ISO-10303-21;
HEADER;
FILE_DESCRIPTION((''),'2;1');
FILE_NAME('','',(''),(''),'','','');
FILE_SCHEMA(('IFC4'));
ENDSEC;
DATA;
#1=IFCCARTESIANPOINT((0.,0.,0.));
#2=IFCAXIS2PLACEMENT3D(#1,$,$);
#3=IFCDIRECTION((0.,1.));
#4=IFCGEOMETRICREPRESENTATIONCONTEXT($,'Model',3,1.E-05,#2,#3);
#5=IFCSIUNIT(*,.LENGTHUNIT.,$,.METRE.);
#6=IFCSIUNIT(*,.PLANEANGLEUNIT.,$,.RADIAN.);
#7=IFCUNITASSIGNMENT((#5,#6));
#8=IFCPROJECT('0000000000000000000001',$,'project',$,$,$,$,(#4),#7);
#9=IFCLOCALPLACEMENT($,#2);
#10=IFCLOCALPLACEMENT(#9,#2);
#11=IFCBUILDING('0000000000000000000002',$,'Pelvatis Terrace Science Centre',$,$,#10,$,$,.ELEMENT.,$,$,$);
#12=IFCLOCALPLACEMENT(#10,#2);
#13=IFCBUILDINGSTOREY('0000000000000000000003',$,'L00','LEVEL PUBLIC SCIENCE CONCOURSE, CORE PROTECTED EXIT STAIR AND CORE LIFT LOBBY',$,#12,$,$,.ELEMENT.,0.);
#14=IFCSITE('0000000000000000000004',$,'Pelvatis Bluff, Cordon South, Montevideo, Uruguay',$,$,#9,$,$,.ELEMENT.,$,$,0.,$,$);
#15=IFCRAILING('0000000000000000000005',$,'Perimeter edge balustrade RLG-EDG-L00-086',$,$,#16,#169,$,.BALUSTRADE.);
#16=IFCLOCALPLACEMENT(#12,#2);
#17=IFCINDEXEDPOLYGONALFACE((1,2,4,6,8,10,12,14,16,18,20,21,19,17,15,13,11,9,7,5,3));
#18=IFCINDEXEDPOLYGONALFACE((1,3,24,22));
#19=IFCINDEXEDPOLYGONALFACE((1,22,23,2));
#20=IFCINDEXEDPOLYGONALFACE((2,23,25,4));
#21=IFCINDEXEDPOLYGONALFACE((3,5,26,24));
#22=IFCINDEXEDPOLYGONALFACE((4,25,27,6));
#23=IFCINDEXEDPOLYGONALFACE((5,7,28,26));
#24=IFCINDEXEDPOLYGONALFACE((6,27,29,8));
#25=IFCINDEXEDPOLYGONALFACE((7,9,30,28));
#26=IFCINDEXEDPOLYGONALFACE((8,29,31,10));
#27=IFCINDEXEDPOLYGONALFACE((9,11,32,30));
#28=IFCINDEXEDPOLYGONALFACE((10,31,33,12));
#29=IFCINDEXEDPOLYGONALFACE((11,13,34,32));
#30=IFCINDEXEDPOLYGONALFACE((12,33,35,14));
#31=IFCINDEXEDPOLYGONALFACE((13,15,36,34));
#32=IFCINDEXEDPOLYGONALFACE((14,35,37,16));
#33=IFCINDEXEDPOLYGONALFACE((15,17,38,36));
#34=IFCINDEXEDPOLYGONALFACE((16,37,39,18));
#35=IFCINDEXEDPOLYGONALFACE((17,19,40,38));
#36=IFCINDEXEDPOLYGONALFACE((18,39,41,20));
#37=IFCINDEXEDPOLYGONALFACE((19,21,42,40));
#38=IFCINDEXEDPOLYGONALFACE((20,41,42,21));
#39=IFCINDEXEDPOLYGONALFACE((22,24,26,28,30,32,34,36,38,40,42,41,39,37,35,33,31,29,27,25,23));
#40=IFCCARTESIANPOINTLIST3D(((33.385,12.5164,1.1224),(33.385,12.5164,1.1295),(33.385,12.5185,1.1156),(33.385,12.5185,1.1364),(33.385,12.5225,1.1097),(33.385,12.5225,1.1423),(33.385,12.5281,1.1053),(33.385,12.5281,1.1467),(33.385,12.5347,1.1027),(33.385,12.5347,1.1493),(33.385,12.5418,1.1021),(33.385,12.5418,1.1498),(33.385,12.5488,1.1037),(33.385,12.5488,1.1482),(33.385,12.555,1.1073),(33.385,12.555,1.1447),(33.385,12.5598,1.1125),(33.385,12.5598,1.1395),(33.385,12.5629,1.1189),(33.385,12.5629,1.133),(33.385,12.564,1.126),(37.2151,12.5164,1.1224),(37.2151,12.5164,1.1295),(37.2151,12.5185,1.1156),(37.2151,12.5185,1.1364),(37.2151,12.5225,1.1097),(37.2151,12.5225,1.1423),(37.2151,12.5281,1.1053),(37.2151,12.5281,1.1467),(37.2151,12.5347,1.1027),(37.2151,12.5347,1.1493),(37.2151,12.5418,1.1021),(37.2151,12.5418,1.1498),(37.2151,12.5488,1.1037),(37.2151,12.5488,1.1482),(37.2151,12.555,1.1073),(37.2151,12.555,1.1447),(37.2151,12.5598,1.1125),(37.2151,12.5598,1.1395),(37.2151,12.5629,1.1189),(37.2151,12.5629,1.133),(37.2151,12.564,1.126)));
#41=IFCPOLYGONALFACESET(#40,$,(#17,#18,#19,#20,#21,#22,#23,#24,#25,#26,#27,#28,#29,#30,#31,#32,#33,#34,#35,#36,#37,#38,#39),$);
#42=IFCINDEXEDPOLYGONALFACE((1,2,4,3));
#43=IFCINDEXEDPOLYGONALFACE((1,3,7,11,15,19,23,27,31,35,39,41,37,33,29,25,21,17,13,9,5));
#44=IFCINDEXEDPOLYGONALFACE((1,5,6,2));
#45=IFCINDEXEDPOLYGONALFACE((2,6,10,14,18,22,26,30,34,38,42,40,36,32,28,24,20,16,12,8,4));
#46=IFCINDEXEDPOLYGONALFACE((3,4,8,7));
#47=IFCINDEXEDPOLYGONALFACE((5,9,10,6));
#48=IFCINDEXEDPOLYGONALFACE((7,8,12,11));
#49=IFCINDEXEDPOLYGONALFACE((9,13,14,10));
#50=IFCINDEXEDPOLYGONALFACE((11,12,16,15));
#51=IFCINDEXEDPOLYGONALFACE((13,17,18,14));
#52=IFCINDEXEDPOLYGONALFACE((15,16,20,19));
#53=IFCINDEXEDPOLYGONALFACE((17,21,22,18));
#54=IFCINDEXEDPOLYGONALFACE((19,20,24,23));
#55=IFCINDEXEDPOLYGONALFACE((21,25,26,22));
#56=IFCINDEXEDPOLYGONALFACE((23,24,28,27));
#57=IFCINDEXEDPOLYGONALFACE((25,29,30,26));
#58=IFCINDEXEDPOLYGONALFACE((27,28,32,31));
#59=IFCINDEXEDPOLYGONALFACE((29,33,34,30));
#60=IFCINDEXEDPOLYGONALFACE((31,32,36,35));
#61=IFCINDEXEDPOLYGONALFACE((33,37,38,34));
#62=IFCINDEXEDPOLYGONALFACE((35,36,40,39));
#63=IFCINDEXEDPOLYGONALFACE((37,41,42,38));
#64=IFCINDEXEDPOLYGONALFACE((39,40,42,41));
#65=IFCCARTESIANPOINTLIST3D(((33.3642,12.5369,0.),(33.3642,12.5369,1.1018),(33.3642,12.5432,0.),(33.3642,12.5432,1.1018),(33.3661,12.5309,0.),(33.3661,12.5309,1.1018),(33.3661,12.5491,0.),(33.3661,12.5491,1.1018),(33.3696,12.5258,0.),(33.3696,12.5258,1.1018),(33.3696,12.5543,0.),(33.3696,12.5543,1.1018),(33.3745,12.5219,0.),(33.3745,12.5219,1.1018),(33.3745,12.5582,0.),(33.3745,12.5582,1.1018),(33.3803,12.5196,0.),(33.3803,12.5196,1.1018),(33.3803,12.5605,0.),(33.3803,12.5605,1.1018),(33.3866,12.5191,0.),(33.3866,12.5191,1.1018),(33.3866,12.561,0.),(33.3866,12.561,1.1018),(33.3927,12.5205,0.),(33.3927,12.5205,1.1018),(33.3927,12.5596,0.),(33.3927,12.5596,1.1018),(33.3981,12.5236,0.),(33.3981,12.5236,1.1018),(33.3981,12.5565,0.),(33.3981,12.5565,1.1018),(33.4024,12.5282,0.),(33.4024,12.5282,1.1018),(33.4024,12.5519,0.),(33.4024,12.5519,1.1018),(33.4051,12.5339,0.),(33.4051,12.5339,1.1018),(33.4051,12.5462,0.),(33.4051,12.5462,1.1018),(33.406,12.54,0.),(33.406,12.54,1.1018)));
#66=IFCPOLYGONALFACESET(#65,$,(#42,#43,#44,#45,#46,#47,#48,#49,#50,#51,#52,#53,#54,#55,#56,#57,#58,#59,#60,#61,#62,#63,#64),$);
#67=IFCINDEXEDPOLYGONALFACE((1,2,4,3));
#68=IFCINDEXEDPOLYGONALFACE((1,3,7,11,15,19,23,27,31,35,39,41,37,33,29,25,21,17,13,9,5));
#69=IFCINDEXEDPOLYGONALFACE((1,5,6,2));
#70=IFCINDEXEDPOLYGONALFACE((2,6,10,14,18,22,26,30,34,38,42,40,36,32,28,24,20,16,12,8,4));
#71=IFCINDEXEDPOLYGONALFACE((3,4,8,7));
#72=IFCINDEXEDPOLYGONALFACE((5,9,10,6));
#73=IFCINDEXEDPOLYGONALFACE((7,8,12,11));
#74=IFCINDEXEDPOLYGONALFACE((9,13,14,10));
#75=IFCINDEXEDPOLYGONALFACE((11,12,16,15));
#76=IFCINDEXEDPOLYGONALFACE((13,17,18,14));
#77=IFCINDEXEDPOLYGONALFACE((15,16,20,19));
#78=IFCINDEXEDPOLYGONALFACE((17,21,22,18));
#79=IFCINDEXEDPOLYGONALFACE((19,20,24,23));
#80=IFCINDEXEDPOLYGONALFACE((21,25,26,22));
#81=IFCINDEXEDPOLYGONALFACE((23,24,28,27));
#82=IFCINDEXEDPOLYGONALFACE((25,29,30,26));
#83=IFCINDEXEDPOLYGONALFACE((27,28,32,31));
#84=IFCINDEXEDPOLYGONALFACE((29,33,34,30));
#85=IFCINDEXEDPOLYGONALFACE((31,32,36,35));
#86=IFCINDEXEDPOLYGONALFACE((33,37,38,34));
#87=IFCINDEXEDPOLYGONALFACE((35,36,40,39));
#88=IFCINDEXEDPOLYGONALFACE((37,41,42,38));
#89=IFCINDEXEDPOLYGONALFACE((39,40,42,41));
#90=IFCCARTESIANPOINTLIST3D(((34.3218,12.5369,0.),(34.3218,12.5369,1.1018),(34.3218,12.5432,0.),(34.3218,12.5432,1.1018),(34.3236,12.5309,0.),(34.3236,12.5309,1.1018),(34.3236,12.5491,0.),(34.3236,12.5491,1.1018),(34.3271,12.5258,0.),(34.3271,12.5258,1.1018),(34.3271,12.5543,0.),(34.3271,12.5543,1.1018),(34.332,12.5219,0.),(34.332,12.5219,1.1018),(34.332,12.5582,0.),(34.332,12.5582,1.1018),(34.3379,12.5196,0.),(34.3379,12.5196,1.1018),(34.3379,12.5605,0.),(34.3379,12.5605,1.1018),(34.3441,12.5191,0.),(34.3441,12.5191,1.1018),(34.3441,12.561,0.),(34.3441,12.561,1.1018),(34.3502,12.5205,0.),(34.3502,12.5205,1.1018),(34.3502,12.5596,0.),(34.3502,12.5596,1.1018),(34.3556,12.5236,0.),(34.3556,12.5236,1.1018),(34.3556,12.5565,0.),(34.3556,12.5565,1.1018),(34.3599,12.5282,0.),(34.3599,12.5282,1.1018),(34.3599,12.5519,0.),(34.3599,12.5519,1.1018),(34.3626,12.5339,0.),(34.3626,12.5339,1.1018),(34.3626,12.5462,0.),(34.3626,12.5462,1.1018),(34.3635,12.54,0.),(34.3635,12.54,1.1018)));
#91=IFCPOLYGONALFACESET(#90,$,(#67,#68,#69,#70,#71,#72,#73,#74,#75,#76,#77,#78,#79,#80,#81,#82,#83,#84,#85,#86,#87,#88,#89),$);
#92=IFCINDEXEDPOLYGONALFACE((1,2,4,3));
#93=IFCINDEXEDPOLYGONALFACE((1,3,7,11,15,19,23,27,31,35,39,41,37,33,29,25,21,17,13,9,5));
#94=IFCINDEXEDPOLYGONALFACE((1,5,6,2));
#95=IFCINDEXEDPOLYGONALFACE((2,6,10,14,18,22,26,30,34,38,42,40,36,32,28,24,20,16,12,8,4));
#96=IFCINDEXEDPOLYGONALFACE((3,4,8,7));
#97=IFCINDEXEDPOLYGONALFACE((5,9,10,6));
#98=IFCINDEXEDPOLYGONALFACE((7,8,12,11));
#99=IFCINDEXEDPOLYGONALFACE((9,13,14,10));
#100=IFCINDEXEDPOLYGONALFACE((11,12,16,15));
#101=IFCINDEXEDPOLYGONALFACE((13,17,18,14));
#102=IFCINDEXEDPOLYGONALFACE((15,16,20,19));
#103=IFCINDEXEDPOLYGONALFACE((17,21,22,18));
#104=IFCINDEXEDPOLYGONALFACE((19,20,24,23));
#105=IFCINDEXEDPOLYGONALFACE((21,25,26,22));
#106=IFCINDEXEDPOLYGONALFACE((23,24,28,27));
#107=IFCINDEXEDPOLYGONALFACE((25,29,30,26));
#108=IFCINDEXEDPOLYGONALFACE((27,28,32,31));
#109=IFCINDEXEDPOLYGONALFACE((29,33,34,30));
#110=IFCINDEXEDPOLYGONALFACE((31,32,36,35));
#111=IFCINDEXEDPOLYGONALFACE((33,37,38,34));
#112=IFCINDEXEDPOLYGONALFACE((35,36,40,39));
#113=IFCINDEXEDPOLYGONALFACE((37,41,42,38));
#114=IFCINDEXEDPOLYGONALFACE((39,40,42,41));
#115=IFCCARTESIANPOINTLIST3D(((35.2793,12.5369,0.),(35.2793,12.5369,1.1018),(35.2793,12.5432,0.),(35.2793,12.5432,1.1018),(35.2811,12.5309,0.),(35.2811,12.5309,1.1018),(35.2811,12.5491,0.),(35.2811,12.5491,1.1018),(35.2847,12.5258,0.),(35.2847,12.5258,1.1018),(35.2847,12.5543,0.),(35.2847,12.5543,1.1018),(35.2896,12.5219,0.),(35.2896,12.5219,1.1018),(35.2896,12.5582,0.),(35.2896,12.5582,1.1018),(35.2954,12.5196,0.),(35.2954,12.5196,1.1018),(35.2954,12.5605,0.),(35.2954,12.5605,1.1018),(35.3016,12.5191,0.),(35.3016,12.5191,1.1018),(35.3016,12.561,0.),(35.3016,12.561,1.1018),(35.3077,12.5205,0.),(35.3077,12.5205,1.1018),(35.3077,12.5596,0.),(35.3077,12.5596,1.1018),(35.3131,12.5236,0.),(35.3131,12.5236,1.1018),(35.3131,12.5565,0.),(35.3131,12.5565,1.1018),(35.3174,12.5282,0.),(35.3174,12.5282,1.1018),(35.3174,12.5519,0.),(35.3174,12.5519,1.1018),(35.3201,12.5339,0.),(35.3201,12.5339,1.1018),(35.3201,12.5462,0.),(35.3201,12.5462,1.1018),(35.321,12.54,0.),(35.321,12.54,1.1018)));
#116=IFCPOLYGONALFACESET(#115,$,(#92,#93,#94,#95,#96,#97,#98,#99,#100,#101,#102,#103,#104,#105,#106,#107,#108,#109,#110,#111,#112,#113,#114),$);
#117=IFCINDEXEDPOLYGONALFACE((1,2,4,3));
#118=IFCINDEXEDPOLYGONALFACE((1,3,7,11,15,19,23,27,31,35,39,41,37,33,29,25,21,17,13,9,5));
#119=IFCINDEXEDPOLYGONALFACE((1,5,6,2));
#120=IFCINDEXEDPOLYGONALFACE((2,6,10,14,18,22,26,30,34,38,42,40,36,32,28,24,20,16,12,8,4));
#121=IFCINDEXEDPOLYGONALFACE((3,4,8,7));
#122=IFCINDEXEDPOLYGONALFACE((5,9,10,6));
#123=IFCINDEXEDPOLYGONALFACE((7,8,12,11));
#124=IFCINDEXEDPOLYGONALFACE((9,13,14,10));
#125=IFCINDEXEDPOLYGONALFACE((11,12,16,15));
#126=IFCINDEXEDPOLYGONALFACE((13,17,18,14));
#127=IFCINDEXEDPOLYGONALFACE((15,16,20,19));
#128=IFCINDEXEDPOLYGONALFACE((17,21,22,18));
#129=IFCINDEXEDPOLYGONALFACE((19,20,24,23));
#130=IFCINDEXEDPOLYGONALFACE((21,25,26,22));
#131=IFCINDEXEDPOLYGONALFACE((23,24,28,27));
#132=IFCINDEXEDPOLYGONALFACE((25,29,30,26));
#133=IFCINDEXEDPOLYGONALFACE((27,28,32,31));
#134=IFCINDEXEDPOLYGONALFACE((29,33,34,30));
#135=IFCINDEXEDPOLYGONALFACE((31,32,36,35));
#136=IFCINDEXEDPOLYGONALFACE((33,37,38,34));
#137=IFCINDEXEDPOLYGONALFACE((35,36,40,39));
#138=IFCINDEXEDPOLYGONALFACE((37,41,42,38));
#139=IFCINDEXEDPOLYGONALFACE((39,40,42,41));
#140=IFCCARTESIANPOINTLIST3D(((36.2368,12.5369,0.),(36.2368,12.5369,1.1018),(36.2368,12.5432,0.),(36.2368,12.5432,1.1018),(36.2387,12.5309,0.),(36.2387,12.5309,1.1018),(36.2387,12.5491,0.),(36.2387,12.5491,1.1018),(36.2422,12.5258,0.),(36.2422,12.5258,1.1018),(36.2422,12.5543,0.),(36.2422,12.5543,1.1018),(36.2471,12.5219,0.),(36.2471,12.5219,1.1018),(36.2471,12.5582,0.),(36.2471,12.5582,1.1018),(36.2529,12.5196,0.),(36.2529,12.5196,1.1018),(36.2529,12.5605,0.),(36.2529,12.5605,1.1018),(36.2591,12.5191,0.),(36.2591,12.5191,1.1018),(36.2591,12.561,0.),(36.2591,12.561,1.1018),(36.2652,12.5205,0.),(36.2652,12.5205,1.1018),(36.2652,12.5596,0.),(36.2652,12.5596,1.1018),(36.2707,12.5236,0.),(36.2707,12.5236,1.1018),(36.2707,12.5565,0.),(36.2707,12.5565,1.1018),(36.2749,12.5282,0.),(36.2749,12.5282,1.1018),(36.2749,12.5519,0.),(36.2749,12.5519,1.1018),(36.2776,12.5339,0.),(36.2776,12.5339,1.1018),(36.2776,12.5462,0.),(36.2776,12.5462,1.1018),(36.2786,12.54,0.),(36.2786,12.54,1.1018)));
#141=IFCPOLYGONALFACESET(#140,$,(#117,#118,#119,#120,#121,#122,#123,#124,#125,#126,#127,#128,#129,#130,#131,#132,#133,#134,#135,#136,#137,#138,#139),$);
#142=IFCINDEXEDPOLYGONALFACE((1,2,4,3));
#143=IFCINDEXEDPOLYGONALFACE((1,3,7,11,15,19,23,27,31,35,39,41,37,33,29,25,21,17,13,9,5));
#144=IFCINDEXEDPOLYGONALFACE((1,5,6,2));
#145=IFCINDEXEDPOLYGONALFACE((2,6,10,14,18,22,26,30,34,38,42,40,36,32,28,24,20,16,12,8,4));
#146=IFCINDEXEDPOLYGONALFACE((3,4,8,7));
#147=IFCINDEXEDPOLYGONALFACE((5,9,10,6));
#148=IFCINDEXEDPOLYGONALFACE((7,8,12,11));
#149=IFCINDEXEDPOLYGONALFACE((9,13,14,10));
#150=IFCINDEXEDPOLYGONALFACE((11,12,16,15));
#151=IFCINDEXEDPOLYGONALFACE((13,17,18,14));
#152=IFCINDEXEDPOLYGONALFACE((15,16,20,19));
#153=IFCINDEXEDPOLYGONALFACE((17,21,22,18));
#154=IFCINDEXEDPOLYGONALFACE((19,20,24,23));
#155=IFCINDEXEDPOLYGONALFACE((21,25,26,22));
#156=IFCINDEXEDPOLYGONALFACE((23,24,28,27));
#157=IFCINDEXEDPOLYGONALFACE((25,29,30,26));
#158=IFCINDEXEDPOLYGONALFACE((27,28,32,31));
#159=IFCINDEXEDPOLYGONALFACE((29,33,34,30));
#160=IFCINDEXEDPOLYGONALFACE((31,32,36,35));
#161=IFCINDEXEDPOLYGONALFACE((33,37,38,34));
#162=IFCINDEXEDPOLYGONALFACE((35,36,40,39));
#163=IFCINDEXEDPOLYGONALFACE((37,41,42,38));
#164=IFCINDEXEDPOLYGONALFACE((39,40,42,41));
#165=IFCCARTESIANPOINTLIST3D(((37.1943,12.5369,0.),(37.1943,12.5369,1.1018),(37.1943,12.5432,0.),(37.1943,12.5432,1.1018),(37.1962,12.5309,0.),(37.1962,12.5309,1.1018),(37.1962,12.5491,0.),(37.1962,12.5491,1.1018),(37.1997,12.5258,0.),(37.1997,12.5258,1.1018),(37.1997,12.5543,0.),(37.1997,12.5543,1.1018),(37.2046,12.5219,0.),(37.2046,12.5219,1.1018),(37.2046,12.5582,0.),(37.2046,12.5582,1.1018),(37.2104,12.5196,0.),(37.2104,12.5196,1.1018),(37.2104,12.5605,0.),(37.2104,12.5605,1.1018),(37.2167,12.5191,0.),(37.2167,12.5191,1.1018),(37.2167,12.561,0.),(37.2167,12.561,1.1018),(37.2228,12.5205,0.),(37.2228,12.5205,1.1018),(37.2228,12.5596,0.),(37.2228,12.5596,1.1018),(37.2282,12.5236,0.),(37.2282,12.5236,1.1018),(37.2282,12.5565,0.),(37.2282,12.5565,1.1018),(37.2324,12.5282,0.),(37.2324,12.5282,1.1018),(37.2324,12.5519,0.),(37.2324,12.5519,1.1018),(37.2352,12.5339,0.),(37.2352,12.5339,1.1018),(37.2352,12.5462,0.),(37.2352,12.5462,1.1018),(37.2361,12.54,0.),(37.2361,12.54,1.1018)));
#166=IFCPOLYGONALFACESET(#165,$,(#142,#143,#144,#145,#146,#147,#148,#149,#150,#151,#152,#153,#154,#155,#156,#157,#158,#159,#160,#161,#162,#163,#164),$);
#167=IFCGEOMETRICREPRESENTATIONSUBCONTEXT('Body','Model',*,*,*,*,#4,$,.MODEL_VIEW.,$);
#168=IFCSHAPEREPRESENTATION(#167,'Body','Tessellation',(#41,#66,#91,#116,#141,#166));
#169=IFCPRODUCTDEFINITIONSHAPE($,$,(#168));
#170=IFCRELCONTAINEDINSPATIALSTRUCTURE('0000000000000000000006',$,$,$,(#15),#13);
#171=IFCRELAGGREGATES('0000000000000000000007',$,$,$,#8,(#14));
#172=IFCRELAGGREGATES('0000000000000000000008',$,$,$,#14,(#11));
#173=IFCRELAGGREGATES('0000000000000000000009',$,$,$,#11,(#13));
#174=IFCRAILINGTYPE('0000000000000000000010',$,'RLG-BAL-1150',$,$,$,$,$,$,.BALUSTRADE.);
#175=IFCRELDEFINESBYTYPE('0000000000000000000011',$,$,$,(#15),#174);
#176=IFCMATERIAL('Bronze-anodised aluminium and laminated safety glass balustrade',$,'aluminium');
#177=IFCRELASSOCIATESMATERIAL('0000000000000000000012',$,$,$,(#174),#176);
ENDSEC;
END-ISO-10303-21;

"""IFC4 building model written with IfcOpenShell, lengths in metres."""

from ifc_helpers import new_model, si_unit, direction, frame, origin, origin_2d, place, context, subcontext, project, spatial, circle, extrude, material, type_object, element, save


model = new_model("IFC4")

# Units and contexts
model_context = context("Model", 3, precision=1e-05, world=origin(), true_north=direction((0.0, 1.0)))
body_context = subcontext(model_context, "Body", "Model", "MODEL_VIEW")
ifc_project = project(units=[si_unit("LENGTHUNIT", "METRE"), si_unit("PLANEANGLEUNIT", "RADIAN")], contexts=[model_context])

# Site, building, storey
site_placement = place(None, origin())
site = spatial("IfcSite", under=ifc_project, at=site_placement, Name="Pelvatis Bluff, Cordon South, Montevideo, Uruguay", CompositionType="ELEMENT", RefElevation=0.0)
building_placement = place(site_placement, origin())
building = spatial("IfcBuilding", under=site, at=building_placement, Name="Pelvatis Terrace Science Centre", CompositionType="ELEMENT")
storey_placement = place(building_placement, origin())
storey = spatial("IfcBuildingStorey", under=building, at=storey_placement, Name="L00", Description="LEVEL PUBLIC SCIENCE CONCOURSE, CORE PROTECTED EXIT STAIR AND CORE LIFT LOBBY", CompositionType="ELEMENT", Elevation=0.0)

# Railing
ifc_material_1 = material(Name="Bronze-anodised aluminium and laminated safety glass balustrade", Category="aluminium")
railing_type = type_object("IfcRailingType", Name="RLG-BAL-1150", PredefinedType="BALUSTRADE", material=ifc_material_1)
railing_1_placement = place(storey_placement, frame((33.385, 12.54, 0.0)))
element("IfcRailing", 1, at=railing_1_placement, inside=storey, type_object=railing_type, Name="Perimeter edge balustrade RLG-EDG-L00-086", PredefinedType="BALUSTRADE", context=body_context, shape_type="SweptSolid", body=[
    extrude(circle(Radius=0.0239, at=origin_2d()), frame((0.0, 0.0, 1.126), z_axis=(1.0, 0.0, 0.0), x_axis=(0.0, 1.0, 0.0)), (0.0, 0.0, 1.0), 3.8301),
    extrude(circle(Radius=0.021, at=origin_2d()), origin(), (0.0, 0.0, 1.0), 1.1018),
    extrude(circle(Radius=0.021, at=origin_2d()), frame((0.9575, 0.0, 0.0)), (0.0, 0.0, 1.0), 1.1018),
    extrude(circle(Radius=0.021, at=origin_2d()), frame((1.915, 0.0, 0.0)), (0.0, 0.0, 1.0), 1.1018),
    extrude(circle(Radius=0.021, at=origin_2d()), frame((2.8726, 0.0, 0.0)), (0.0, 0.0, 1.0), 1.1018),
    extrude(circle(Radius=0.021, at=origin_2d()), frame((3.8301, 0.0, 0.0)), (0.0, 0.0, 1.0), 1.1018),
])

save(model, "model.ifc")
